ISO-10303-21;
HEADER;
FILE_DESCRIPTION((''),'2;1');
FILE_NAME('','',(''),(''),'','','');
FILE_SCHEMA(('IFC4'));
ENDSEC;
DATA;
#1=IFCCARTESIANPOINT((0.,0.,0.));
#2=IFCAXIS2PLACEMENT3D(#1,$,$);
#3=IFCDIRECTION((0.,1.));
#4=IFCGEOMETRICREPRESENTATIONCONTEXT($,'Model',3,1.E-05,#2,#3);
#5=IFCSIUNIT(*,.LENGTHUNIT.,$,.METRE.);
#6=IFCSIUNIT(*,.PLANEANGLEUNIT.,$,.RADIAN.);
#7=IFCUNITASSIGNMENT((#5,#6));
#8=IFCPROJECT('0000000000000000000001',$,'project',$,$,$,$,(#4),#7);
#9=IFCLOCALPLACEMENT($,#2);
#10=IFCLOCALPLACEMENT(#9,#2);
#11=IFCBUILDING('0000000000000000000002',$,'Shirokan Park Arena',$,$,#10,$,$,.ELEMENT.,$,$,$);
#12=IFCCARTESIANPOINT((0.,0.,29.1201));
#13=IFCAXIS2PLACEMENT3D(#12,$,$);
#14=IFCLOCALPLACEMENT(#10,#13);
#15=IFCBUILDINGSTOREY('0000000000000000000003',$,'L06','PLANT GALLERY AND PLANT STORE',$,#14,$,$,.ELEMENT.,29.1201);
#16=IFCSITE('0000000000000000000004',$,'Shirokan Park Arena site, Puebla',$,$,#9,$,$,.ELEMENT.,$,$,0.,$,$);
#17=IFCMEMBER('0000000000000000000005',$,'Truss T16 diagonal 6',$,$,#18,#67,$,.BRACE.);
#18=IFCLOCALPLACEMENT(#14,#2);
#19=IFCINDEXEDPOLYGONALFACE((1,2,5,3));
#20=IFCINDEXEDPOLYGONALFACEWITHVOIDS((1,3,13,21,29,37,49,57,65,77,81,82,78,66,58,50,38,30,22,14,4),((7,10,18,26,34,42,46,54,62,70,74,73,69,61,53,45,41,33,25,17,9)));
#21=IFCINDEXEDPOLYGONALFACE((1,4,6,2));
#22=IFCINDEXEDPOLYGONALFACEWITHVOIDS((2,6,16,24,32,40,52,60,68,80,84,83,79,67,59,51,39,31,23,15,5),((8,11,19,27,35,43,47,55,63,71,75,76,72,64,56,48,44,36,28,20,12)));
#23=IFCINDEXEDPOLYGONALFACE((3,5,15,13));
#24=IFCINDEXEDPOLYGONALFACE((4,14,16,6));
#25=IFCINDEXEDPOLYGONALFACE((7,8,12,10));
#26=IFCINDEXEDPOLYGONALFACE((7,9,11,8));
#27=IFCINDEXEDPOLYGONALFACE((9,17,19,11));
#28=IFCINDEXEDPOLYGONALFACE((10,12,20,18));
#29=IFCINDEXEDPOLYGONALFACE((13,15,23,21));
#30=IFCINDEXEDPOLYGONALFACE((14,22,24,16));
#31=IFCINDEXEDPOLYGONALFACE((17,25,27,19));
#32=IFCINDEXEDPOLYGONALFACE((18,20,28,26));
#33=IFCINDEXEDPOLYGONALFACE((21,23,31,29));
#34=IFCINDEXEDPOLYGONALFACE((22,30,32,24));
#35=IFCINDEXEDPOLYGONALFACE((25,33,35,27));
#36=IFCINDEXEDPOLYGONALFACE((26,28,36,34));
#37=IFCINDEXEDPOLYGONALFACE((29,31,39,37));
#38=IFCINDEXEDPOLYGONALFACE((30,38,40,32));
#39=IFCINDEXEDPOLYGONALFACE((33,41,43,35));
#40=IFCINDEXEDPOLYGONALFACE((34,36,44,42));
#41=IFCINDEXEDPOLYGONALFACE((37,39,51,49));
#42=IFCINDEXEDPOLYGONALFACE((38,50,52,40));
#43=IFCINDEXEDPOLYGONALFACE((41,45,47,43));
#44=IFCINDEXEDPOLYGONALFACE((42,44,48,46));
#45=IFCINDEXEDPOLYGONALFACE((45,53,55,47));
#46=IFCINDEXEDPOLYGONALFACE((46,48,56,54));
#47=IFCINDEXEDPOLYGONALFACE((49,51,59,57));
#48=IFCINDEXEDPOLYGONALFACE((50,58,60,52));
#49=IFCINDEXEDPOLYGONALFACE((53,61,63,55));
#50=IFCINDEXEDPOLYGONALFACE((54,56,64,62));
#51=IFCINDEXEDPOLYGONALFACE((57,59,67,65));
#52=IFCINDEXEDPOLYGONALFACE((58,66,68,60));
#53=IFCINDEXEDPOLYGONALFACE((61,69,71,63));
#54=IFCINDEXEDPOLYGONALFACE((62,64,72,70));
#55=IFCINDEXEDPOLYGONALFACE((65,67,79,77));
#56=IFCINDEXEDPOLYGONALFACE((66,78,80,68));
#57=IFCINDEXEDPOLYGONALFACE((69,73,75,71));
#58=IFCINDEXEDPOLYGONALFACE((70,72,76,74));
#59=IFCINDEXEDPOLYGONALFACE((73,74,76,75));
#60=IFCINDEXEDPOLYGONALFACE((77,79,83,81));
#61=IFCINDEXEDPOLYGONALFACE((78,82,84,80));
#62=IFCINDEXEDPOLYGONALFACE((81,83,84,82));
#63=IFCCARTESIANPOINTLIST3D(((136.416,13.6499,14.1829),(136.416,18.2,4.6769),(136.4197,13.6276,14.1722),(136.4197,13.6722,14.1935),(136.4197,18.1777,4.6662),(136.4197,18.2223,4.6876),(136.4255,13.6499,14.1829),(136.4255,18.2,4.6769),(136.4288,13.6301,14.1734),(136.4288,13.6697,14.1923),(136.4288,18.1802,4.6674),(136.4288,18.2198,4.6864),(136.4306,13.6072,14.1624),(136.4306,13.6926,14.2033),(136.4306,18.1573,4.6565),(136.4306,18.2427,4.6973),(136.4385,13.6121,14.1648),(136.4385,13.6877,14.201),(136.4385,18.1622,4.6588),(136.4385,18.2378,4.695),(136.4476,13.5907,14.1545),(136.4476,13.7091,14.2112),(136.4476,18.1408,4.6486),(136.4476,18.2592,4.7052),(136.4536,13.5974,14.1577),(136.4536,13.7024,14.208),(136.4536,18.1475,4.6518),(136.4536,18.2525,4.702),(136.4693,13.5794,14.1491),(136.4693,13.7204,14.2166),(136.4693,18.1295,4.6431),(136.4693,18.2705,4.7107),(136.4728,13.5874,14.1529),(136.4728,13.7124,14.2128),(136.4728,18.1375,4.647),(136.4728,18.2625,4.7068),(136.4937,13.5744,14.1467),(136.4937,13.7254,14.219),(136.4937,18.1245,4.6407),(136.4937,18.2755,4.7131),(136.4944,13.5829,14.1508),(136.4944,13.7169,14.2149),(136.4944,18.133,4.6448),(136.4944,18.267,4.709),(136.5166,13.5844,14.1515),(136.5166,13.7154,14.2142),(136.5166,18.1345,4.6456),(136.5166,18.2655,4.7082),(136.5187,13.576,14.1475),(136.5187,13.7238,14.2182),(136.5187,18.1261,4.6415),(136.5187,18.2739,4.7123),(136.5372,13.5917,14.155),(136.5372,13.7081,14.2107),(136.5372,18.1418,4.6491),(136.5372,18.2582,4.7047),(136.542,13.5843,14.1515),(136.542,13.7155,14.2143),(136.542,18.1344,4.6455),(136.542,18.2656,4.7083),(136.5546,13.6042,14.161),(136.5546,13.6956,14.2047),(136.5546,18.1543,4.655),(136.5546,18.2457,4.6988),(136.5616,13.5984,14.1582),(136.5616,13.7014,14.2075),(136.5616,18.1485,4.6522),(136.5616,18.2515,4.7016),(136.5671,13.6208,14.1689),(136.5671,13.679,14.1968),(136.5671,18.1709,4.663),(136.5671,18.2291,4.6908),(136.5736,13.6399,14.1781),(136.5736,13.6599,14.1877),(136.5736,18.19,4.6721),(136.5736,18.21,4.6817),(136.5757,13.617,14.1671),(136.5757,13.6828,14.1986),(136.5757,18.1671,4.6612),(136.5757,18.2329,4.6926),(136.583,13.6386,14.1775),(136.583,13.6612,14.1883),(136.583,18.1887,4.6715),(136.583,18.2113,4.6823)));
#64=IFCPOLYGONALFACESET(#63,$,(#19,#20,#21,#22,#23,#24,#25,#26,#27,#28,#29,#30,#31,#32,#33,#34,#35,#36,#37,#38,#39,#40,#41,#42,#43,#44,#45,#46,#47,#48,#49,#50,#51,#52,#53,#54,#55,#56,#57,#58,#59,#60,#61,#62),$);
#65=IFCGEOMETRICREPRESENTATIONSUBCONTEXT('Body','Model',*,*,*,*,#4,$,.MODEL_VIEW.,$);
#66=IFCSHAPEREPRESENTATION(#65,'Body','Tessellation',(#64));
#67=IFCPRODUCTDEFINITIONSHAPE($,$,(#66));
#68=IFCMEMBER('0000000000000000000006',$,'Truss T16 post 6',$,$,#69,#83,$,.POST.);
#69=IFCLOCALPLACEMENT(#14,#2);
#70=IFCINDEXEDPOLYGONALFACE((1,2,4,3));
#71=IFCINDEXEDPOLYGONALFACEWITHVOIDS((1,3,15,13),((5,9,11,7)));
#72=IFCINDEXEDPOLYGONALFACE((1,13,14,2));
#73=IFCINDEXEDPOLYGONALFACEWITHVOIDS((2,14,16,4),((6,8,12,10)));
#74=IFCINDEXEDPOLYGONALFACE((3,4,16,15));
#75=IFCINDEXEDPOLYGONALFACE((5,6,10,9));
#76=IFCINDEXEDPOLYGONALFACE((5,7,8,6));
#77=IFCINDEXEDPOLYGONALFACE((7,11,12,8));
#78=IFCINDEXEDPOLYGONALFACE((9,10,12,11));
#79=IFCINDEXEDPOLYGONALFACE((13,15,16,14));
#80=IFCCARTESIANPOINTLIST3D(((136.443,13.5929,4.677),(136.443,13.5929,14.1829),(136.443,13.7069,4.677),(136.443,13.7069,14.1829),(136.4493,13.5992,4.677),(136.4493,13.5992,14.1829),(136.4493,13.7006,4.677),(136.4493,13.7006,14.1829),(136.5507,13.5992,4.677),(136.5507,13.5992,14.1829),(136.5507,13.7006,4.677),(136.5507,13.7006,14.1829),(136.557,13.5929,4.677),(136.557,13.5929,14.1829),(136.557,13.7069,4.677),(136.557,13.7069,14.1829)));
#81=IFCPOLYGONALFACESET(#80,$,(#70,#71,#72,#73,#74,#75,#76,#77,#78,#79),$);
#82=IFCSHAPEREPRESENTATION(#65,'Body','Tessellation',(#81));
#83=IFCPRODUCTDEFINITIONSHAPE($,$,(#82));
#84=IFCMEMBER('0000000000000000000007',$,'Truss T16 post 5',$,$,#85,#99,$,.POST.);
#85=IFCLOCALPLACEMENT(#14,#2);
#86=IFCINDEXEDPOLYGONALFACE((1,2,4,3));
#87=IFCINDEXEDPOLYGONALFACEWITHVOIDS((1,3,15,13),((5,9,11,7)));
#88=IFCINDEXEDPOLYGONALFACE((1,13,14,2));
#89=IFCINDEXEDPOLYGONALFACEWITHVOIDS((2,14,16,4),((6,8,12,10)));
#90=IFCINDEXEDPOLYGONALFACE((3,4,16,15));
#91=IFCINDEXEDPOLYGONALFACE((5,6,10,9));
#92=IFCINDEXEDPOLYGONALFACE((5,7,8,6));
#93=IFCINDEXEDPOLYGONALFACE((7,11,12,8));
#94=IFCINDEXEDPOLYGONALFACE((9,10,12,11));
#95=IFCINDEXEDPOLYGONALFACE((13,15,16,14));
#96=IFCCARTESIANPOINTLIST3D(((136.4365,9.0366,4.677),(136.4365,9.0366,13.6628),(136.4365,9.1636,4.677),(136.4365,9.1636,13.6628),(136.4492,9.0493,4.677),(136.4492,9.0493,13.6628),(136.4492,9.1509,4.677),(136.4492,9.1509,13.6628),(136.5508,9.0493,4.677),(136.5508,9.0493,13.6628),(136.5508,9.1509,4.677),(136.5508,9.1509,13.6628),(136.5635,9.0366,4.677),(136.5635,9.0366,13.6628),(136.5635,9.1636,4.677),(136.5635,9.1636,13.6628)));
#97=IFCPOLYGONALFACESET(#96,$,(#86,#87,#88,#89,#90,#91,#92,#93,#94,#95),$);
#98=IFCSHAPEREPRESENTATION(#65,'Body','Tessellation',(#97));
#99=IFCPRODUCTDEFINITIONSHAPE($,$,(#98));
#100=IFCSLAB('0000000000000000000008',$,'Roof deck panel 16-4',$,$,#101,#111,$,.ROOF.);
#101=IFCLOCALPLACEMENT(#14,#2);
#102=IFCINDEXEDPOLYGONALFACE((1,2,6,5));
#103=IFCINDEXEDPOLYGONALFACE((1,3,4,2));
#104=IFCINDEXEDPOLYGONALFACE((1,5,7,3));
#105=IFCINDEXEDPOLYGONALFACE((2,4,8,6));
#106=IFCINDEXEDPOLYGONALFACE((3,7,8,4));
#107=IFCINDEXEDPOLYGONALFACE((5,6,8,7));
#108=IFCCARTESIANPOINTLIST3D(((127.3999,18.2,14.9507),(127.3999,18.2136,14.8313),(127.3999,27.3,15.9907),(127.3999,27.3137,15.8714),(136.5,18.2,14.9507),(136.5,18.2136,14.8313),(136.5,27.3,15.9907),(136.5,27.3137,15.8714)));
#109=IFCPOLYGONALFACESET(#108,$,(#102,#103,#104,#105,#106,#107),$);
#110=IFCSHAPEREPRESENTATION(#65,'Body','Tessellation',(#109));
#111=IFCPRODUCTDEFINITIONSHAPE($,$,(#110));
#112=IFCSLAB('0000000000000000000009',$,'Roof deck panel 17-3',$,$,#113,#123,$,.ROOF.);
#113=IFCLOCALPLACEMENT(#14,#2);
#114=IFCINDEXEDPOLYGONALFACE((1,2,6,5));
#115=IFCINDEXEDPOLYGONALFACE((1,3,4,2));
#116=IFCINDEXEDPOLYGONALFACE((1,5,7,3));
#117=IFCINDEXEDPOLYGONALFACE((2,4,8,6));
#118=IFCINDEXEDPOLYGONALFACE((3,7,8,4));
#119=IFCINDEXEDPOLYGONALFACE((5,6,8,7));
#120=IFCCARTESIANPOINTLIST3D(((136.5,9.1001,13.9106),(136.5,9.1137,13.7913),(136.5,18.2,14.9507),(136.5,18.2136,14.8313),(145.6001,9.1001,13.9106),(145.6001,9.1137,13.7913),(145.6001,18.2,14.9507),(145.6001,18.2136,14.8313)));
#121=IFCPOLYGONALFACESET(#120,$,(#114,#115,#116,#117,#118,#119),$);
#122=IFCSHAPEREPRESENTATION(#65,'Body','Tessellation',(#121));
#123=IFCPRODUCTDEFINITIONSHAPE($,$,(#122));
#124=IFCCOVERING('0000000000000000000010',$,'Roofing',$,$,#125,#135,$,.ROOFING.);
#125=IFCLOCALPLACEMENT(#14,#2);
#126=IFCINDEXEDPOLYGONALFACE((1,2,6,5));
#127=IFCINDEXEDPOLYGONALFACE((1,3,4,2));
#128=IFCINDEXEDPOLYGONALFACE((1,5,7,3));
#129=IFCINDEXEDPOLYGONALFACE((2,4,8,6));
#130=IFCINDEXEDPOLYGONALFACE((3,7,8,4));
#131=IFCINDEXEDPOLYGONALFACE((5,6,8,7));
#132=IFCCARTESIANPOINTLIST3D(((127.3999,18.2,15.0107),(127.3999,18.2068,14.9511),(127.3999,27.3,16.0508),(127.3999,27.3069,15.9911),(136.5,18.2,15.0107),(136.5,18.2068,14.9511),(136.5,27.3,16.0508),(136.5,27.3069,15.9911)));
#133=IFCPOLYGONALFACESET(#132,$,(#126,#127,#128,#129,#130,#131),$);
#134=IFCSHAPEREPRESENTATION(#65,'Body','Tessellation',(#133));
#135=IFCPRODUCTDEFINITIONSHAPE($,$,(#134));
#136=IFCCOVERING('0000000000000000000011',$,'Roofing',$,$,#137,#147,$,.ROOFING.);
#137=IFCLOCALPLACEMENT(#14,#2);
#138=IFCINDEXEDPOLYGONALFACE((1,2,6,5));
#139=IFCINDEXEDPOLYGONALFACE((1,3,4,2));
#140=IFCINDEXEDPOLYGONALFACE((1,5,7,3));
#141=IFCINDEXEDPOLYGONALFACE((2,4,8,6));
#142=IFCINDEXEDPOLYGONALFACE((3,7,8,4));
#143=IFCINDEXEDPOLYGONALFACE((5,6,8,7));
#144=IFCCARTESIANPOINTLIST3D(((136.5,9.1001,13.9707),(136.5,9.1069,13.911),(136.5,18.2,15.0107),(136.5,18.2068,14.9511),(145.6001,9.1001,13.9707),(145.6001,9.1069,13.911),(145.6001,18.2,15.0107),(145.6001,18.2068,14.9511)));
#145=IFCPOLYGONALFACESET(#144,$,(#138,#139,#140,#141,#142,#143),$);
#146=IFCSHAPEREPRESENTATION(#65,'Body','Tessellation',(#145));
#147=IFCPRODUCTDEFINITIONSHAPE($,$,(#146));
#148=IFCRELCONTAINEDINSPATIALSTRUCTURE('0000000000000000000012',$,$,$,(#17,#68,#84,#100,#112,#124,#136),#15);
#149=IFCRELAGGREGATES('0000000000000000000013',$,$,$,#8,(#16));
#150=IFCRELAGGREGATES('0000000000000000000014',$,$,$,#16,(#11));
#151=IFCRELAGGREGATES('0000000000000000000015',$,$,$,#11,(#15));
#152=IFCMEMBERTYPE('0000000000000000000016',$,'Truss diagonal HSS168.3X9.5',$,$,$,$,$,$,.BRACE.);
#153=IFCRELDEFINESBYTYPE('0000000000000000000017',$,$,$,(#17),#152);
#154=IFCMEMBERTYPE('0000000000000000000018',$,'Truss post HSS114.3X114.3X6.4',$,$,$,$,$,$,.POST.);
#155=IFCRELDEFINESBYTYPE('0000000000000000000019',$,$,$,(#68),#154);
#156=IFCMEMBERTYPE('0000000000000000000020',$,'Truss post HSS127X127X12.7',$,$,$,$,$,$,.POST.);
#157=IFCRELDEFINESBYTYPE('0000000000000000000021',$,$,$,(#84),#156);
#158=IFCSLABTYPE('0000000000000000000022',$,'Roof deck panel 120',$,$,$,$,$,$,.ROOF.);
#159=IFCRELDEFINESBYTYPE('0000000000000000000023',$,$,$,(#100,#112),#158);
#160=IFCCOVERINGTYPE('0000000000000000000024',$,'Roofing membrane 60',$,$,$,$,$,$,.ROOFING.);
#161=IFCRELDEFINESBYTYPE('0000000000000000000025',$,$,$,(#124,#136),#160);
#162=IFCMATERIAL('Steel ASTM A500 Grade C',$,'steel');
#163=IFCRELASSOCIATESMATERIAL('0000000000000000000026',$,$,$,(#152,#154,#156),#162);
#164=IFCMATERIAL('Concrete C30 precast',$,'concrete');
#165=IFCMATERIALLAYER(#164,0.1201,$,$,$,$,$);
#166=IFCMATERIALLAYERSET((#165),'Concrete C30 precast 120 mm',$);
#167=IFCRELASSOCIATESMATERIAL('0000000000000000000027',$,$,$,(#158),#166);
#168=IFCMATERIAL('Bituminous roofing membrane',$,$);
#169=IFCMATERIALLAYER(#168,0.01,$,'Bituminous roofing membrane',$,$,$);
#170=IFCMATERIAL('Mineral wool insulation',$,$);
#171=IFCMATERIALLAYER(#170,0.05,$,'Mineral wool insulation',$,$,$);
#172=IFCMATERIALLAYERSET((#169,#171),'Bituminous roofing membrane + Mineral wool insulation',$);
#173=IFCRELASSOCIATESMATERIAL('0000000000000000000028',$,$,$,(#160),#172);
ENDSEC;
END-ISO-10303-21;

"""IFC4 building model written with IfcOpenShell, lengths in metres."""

from ifc_helpers import new_model, si_unit, direction, frame, origin, origin_2d, place, context, subcontext, project, spatial, polyline, hollow_rectangle, hollow_circle, outline, extrude, material, layer, layer_set, material_profile, profile_set, type_object, element, save


model = new_model("IFC4")

# Units and contexts
model_context = context("Model", 3, precision=1e-05, world=origin(), true_north=direction((0.0, 1.0)))
body_context = subcontext(model_context, "Body", "Model", "MODEL_VIEW")
ifc_project = project(units=[si_unit("LENGTHUNIT", "METRE"), si_unit("PLANEANGLEUNIT", "RADIAN")], contexts=[model_context])

# Site, building, storey
site_placement = place(None, origin())
site = spatial("IfcSite", under=ifc_project, at=site_placement, Name="Shirokan Park Arena site, Puebla", CompositionType="ELEMENT", RefElevation=0.0)
building_placement = place(site_placement, origin())
building = spatial("IfcBuilding", under=site, at=building_placement, Name="Shirokan Park Arena", CompositionType="ELEMENT")
storey_placement = place(building_placement, frame((0.0, 0.0, 29.1201)))
storey = spatial("IfcBuildingStorey", under=building, at=storey_placement, Name="L06", Description="PLANT GALLERY AND PLANT STORE", CompositionType="ELEMENT", Elevation=29.1201)

# Members
ifc_material_1 = material(Name="Steel ASTM A500 Grade C", Category="steel")
ifc_material_profile_1 = material_profile(ifc_material_1, hollow_circle(Radius=0.084, WallThickness=0.0095, at=origin_2d()), Name="HSS168.3X9.5")
ifc_profile_set_1 = profile_set([ifc_material_profile_1], Name="Steel ASTM A500 Grade C")
member_type_1 = type_object("IfcMemberType", Name="Truss diagonal HSS168.3X9.5", PredefinedType="BRACE", material=ifc_profile_set_1)
member_1_placement = place(storey_placement, frame((136.5, 13.6499, 14.1829), z_axis=(0.0, 0.431746, -0.901995), x_axis=(-1.0, 0.0, 0.0)))
element("IfcMember", 1, at=member_1_placement, inside=storey, type_object=member_type_1, Name="Truss T16 diagonal 6", PredefinedType="BRACE", context=body_context, shape_type="SweptSolid", body=[
    extrude(hollow_circle(Radius=0.084, WallThickness=0.0095, at=origin_2d()), origin(), (0.0, 0.0, 1.0), 10.5388),
])
ifc_material_profile_2 = material_profile(ifc_material_1, hollow_rectangle(XDim=0.114, YDim=0.114, WallThickness=0.0063, at=origin_2d()), Name="HSS114.3X114.3X6.4")
ifc_profile_set_2 = profile_set([ifc_material_profile_2], Name="Steel ASTM A500 Grade C")
member_type_2 = type_object("IfcMemberType", Name="Truss post HSS114.3X114.3X6.4", PredefinedType="POST", material=ifc_profile_set_2)
member_2_placement = place(storey_placement, frame((136.5, 13.6499, 4.677), z_axis=(0.0, 0.0, 1.0), x_axis=(1.0, 0.0, 0.0)))
element("IfcMember", 2, at=member_2_placement, inside=storey, type_object=member_type_2, Name="Truss T16 post 6", PredefinedType="POST", context=body_context, shape_type="SweptSolid", body=[
    extrude(hollow_rectangle(XDim=0.114, YDim=0.114, WallThickness=0.0063, at=origin_2d()), origin(), (0.0, 0.0, 1.0), 9.5059),
])
ifc_material_profile_3 = material_profile(ifc_material_1, hollow_rectangle(XDim=0.127, YDim=0.127, WallThickness=0.0127, at=origin_2d()), Name="HSS127X127X12.7")
ifc_profile_set_3 = profile_set([ifc_material_profile_3], Name="Steel ASTM A500 Grade C")
member_type_3 = type_object("IfcMemberType", Name="Truss post HSS127X127X12.7", PredefinedType="POST", material=ifc_profile_set_3)
member_3_placement = place(storey_placement, frame((136.5, 9.1001, 4.677), z_axis=(0.0, 0.0, 1.0), x_axis=(1.0, 0.0, 0.0)))
element("IfcMember", 3, at=member_3_placement, inside=storey, type_object=member_type_3, Name="Truss T16 post 5", PredefinedType="POST", context=body_context, shape_type="SweptSolid", body=[
    extrude(hollow_rectangle(XDim=0.127, YDim=0.127, WallThickness=0.0127, at=origin_2d()), origin(), (0.0, 0.0, 1.0), 8.9858),
])

# Slabs
ifc_material_2 = material(Name="Concrete C30 precast", Category="concrete")
ifc_layer_1 = layer(ifc_material_2, 0.1201)
ifc_layer_set_1 = layer_set([ifc_layer_1], Name="Concrete C30 precast 120 mm")
slab_type = type_object("IfcSlabType", Name="Roof deck panel 120", PredefinedType="ROOF", material=ifc_layer_set_1)
slab_1_placement = place(storey_placement, frame((127.3999, 18.2, 14.9507), z_axis=(0.0, -0.11355, 0.993532), x_axis=(1.0, 0.0, 0.0)))
element("IfcSlab", 4, at=slab_1_placement, inside=storey, type_object=slab_type, Name="Roof deck panel 16-4", PredefinedType="ROOF", context=body_context, shape_type="SweptSolid", body=[
    extrude(outline(polyline([(0.0, 0.0), (9.1001, 0.0), (9.1001, 9.1593), (0.0, 9.1593), (0.0, 0.0)])), origin(), (0.0, 0.0, -1.0), 0.1201),
])
slab_2_placement = place(storey_placement, frame((136.5, 9.1001, 13.9106), z_axis=(0.0, -0.113553, 0.993532), x_axis=(1.0, 0.0, 0.0)))
element("IfcSlab", 5, at=slab_2_placement, inside=storey, type_object=slab_type, Name="Roof deck panel 17-3", PredefinedType="ROOF", context=body_context, shape_type="SweptSolid", body=[
    extrude(outline(polyline([(0.0, 0.0), (9.1001, 0.0), (9.1001, 9.1591), (0.0, 9.1591), (0.0, 0.0)])), origin(), (0.0, 0.0, -1.0), 0.1201),
])

# Coverings
ifc_material_3 = material(Name="Bituminous roofing membrane")
ifc_layer_2 = layer(ifc_material_3, 0.01, Name="Bituminous roofing membrane")
ifc_material_4 = material(Name="Mineral wool insulation")
ifc_layer_3 = layer(ifc_material_4, 0.05, Name="Mineral wool insulation")
ifc_layer_set_2 = layer_set([ifc_layer_2, ifc_layer_3], Name="Bituminous roofing membrane + Mineral wool insulation")
covering_type = type_object("IfcCoveringType", Name="Roofing membrane 60", PredefinedType="ROOFING", material=ifc_layer_set_2)
covering_1_placement = place(storey_placement, frame((127.3999, 18.2, 15.0107), z_axis=(0.0, -0.11355, 0.993532), x_axis=(1.0, 0.0, 0.0)))
element("IfcCovering", 6, at=covering_1_placement, inside=storey, type_object=covering_type, Name="Roofing", PredefinedType="ROOFING", context=body_context, shape_type="SweptSolid", body=[
    extrude(outline(polyline([(0.0, 0.0), (9.1001, 0.0), (9.1001, 9.1593), (0.0, 9.1593), (0.0, 0.0)])), origin(), (0.0, 0.0, -1.0), 0.0601),
])
covering_2_placement = place(storey_placement, frame((136.5, 9.1001, 13.9707), z_axis=(0.0, -0.113553, 0.993532), x_axis=(1.0, 0.0, 0.0)))
element("IfcCovering", 7, at=covering_2_placement, inside=storey, type_object=covering_type, Name="Roofing", PredefinedType="ROOFING", context=body_context, shape_type="SweptSolid", body=[
    extrude(outline(polyline([(0.0, 0.0), (9.1001, 0.0), (9.1001, 9.1591), (0.0, 9.1591), (0.0, 0.0)])), origin(), (0.0, 0.0, -1.0), 0.0601),
])

save(model, "model.ifc")
